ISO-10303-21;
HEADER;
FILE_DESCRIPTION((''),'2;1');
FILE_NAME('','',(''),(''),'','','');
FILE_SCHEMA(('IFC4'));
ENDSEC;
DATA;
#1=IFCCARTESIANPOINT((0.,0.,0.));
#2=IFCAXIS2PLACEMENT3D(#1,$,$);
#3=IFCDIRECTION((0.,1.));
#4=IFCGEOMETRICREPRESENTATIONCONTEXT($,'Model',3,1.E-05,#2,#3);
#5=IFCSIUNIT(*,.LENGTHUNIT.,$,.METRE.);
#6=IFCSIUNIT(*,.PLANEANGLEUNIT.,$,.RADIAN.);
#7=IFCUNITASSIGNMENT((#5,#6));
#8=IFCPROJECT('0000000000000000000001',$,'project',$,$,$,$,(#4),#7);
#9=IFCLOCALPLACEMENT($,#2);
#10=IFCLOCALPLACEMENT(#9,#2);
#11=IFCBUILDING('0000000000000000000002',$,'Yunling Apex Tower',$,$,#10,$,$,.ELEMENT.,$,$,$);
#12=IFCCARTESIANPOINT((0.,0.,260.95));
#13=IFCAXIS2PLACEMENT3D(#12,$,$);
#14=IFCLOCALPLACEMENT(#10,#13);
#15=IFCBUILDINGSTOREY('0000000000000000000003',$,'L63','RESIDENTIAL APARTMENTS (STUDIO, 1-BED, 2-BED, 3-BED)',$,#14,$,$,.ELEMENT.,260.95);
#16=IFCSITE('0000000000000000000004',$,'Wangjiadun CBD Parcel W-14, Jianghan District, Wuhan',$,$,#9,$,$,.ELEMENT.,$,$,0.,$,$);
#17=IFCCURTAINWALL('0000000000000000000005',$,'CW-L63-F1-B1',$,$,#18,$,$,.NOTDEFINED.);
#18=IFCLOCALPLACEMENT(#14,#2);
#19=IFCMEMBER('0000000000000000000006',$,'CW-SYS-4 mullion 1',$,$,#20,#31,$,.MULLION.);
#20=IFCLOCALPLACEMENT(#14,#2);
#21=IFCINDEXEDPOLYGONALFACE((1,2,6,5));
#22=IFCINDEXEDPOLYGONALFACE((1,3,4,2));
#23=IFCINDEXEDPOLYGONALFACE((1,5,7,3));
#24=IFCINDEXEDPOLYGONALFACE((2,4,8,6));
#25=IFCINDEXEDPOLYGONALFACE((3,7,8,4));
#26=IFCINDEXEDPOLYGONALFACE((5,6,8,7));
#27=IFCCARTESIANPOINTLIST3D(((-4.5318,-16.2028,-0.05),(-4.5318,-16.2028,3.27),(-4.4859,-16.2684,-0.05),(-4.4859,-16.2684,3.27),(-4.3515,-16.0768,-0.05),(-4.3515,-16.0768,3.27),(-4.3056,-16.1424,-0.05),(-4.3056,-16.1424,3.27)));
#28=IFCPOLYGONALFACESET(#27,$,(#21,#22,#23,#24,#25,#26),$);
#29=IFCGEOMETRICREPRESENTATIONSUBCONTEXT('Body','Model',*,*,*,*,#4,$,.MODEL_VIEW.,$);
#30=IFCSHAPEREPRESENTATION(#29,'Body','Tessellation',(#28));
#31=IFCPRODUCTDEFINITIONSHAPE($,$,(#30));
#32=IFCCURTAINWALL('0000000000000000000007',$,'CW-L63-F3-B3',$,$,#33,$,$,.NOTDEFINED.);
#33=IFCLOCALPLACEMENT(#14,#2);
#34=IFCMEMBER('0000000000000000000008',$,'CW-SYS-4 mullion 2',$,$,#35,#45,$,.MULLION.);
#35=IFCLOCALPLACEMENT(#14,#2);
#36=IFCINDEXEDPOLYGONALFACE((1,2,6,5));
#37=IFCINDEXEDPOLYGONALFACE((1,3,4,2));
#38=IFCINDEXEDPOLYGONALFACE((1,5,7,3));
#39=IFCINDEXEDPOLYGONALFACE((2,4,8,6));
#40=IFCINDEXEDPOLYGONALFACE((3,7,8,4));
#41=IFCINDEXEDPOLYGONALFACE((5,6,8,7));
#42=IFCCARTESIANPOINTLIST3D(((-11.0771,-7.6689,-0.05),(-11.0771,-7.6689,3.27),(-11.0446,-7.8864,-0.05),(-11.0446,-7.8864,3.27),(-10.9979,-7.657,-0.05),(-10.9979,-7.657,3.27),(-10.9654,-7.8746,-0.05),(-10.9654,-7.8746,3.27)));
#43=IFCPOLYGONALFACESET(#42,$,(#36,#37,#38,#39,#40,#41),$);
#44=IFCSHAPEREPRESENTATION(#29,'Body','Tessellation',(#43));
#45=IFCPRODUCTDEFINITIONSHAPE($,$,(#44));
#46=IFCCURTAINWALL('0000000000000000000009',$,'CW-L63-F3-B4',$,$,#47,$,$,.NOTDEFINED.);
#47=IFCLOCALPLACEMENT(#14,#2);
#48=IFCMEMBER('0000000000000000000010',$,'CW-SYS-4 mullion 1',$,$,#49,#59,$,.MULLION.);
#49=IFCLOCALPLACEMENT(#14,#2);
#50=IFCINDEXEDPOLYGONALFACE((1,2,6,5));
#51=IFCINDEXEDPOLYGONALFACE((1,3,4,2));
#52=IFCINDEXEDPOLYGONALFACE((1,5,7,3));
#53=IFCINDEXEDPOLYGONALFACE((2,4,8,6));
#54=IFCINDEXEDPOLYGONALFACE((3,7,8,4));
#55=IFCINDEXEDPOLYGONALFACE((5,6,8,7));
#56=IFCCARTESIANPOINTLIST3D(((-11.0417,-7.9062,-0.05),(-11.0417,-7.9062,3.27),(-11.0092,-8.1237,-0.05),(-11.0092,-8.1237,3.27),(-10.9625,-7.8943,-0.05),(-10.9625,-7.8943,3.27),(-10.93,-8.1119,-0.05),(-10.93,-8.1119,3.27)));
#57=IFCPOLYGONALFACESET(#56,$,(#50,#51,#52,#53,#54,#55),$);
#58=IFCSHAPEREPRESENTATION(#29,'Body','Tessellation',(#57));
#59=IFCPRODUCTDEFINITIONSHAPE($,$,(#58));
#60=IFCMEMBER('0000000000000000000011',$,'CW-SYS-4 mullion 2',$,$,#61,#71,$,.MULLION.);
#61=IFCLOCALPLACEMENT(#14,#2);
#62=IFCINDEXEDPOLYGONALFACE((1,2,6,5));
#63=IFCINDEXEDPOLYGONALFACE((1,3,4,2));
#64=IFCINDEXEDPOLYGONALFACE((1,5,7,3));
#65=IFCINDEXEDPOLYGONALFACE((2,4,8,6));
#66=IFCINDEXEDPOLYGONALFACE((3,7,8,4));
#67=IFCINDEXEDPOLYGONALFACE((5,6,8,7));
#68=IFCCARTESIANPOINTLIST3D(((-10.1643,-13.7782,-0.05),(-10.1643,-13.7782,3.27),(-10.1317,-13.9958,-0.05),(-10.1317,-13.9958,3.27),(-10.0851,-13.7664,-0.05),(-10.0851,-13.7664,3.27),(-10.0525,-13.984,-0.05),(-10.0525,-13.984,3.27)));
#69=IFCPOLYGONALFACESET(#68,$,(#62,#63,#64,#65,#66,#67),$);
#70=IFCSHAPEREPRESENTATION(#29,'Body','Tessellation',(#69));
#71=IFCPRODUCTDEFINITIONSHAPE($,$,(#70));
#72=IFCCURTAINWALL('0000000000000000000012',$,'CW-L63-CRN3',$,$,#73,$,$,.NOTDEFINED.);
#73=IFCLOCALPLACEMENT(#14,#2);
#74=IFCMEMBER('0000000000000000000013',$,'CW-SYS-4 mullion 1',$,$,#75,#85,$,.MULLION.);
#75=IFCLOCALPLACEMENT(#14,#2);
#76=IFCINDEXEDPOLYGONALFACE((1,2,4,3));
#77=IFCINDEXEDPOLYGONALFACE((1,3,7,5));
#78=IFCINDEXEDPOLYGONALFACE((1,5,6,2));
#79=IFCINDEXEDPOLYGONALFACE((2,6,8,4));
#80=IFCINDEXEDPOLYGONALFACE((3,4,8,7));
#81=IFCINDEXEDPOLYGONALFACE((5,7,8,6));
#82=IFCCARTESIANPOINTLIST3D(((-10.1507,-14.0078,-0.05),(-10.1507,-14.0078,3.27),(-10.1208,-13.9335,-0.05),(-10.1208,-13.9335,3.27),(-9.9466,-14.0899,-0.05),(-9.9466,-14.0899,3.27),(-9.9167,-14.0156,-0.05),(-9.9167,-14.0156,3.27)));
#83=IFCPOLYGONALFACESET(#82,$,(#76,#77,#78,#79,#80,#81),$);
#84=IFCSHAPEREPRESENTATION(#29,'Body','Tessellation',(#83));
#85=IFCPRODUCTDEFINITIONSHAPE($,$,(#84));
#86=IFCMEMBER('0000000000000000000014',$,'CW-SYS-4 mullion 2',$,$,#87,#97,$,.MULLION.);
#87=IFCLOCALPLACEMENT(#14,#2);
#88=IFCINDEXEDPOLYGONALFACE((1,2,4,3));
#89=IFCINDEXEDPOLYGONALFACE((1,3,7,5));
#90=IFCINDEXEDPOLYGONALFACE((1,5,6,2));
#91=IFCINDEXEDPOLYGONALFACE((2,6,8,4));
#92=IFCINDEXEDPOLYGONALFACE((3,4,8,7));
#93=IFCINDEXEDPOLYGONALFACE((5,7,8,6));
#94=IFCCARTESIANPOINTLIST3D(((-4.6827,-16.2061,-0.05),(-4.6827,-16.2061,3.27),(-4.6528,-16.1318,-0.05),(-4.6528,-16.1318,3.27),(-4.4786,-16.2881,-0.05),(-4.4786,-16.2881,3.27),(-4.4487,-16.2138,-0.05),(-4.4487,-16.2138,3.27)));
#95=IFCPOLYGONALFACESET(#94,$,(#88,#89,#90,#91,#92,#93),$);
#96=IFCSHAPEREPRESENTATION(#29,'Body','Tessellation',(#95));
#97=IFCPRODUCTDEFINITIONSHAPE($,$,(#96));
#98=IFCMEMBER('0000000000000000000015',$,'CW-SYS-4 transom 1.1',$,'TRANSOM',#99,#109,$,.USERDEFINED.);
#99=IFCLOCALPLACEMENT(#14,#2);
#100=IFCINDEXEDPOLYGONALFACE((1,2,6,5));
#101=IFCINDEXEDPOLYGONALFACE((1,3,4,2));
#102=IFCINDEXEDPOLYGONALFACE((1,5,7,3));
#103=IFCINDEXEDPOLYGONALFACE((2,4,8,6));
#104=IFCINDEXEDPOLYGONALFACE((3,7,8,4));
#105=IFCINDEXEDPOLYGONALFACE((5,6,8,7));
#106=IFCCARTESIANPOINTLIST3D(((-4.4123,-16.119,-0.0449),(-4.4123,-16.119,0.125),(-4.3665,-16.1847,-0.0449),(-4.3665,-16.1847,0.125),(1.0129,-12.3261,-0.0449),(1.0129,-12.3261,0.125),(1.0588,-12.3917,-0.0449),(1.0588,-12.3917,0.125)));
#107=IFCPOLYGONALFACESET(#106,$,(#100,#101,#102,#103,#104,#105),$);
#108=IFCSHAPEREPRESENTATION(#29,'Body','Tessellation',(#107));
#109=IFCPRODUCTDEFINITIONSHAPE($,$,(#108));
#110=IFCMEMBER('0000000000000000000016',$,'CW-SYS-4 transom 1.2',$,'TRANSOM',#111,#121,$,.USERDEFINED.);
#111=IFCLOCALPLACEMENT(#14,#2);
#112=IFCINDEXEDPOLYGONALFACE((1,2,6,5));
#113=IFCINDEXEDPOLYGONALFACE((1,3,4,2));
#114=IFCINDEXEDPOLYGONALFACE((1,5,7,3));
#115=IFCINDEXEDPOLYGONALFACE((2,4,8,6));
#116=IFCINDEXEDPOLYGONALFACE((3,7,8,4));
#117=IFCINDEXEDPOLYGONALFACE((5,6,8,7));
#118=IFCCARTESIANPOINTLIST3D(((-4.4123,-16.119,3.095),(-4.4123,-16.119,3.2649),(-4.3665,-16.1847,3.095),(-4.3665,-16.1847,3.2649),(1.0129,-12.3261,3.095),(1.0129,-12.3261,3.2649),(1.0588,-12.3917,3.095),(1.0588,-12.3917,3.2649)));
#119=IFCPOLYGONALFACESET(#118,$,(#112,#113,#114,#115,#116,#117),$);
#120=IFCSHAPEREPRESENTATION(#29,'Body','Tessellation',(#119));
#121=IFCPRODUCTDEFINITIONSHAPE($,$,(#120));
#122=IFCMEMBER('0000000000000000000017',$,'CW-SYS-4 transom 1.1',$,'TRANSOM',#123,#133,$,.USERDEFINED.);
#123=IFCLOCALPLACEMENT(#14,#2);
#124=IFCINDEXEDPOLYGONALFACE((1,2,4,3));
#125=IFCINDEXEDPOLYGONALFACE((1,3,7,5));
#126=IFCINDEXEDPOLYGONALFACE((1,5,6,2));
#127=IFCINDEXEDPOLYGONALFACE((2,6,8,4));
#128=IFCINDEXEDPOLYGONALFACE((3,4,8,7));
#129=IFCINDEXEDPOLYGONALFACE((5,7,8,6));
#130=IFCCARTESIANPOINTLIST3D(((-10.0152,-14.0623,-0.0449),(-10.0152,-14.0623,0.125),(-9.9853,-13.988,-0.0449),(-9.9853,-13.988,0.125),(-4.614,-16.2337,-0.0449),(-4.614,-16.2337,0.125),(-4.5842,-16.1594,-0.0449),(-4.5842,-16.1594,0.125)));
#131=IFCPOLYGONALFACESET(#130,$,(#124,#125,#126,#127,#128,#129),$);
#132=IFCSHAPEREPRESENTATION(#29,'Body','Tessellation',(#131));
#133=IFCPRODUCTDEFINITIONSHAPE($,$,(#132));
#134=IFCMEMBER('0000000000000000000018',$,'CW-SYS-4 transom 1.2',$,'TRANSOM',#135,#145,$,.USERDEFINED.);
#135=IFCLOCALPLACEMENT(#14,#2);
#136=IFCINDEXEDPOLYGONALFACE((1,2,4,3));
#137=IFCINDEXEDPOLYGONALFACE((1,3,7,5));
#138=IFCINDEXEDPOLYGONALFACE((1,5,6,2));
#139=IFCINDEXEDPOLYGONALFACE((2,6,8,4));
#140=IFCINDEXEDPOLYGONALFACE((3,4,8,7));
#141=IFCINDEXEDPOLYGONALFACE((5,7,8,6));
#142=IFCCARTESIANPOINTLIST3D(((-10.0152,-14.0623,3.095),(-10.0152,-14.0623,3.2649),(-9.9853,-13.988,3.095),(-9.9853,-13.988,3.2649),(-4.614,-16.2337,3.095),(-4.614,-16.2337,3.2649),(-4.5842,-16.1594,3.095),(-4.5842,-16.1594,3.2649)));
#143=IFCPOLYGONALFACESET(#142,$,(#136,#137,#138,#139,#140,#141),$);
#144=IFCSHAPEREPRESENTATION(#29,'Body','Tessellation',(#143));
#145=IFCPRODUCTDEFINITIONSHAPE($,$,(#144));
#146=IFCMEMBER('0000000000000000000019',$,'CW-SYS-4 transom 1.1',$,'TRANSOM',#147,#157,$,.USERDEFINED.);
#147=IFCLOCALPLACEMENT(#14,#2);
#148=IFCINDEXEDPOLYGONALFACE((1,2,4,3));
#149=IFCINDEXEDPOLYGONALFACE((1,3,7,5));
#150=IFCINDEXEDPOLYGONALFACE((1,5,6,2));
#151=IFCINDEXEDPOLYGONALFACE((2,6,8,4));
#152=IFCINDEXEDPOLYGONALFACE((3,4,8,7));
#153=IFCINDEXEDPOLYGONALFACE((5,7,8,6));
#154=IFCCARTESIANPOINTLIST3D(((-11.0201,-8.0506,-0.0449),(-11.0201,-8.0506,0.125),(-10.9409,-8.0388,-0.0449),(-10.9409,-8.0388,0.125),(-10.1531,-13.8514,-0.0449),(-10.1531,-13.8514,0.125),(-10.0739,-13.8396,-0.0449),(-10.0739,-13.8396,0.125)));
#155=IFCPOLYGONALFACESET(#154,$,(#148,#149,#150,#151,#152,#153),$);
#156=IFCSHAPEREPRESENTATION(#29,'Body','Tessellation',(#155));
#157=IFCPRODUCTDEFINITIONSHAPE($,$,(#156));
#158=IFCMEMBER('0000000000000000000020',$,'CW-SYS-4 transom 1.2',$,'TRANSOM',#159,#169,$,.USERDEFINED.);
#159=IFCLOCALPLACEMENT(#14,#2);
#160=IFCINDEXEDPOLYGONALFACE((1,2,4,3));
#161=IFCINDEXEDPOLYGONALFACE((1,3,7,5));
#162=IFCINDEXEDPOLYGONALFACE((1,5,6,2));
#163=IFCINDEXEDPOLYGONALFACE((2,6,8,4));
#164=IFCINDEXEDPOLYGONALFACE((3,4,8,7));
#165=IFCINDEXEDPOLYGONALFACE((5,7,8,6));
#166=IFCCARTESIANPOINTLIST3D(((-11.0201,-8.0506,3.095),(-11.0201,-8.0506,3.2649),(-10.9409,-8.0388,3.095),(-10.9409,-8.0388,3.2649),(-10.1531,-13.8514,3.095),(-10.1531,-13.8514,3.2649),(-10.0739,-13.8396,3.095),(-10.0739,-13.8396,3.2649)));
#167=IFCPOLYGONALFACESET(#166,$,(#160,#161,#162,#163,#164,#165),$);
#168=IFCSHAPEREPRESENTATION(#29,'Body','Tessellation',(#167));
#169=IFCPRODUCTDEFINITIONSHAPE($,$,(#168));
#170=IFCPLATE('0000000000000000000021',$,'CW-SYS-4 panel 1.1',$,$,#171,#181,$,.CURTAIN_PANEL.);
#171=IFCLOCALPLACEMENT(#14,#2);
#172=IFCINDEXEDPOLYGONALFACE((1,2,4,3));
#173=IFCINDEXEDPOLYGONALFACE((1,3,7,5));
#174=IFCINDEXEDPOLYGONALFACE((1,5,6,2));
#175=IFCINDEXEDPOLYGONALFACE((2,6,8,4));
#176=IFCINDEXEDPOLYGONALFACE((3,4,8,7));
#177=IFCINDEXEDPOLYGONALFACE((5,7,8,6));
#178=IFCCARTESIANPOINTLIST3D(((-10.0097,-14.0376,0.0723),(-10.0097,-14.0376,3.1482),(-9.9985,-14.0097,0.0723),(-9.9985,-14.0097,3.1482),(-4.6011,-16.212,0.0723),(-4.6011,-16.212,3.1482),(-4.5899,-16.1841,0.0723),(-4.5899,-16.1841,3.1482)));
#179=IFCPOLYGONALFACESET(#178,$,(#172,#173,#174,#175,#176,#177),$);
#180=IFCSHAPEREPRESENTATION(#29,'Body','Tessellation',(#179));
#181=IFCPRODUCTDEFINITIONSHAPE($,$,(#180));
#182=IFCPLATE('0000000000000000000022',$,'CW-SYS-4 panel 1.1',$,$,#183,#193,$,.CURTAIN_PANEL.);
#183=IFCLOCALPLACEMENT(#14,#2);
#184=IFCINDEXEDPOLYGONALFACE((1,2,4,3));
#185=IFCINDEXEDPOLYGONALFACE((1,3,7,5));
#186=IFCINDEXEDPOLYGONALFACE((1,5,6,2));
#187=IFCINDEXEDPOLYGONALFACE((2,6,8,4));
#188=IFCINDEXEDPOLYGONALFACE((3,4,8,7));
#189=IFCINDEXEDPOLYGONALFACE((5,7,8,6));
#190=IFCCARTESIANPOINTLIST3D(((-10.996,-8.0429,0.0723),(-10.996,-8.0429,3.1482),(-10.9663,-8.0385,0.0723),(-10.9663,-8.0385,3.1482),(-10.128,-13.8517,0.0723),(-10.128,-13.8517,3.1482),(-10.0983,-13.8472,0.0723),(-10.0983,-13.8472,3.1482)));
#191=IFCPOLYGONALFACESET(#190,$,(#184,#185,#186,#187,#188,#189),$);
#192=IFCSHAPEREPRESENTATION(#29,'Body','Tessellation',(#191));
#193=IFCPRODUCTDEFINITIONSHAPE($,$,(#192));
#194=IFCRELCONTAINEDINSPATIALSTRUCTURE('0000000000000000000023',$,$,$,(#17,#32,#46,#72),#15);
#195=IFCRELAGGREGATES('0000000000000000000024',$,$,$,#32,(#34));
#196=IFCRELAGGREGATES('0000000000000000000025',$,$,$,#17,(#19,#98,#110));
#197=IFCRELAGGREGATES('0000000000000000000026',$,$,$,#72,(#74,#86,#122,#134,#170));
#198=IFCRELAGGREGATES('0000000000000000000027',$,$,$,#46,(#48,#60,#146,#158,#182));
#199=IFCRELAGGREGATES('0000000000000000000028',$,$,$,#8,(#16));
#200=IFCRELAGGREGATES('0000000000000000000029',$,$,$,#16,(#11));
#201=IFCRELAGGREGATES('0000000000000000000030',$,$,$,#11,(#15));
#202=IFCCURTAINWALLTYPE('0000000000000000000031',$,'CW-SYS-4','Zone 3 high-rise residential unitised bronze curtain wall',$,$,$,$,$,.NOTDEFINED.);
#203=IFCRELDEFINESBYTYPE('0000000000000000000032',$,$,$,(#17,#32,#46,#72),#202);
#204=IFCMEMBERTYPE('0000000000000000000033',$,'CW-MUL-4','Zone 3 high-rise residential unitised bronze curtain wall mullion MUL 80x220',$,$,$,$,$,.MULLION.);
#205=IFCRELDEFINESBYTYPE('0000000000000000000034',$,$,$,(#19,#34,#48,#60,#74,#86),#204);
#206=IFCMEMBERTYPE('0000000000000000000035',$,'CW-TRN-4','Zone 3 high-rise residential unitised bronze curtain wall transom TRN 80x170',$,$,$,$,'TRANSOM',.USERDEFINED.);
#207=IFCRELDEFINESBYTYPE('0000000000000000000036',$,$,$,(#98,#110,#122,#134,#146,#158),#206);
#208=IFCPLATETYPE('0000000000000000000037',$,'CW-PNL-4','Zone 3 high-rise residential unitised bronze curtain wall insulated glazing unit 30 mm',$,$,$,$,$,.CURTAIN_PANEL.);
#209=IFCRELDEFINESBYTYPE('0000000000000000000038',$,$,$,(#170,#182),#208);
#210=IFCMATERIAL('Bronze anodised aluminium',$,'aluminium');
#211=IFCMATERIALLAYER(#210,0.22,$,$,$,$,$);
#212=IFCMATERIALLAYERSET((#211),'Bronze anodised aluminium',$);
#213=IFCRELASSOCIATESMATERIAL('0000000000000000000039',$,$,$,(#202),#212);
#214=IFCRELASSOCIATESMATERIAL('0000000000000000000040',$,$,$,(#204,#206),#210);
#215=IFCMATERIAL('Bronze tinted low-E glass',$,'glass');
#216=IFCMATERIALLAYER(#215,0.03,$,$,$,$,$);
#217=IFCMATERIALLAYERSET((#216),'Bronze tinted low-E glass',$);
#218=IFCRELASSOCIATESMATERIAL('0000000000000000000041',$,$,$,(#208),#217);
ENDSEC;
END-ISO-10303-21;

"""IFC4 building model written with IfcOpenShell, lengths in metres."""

from ifc_helpers import new_model, si_unit, direction, frame, origin, origin_2d, place, context, subcontext, project, spatial, rectangle, extrude, source, transform, mapped, material, layer, layer_set, material_profile, profile_set, type_object, element, aggregate, save


model = new_model("IFC4")

# Units and contexts
model_context = context("Model", 3, precision=1e-05, world=origin(), true_north=direction((0.0, 1.0)))
body_context = subcontext(model_context, "Body", "Model", "MODEL_VIEW")
ifc_project = project(units=[si_unit("LENGTHUNIT", "METRE"), si_unit("PLANEANGLEUNIT", "RADIAN")], contexts=[model_context])

# Site, building, storey
site_placement = place(None, origin())
site = spatial("IfcSite", under=ifc_project, at=site_placement, Name="Wangjiadun CBD Parcel W-14, Jianghan District, Wuhan", CompositionType="ELEMENT", RefElevation=0.0)
building_placement = place(site_placement, origin())
building = spatial("IfcBuilding", under=site, at=building_placement, Name="Yunling Apex Tower", CompositionType="ELEMENT")
storey_placement = place(building_placement, frame((0.0, 0.0, 260.95)))
storey = spatial("IfcBuildingStorey", under=building, at=storey_placement, Name="L63", Description="RESIDENTIAL APARTMENTS (STUDIO, 1-BED, 2-BED, 3-BED)", CompositionType="ELEMENT", Elevation=260.95)

# Curtain walls, members
ifc_material_1 = material(Name="Bronze anodised aluminium", Category="aluminium")
ifc_layer_1 = layer(ifc_material_1, 0.22)
ifc_layer_set_1 = layer_set([ifc_layer_1], Name="Bronze anodised aluminium")
curtain_wall_type = type_object("IfcCurtainWallType", Name="CW-SYS-4", Description="Zone 3 high-rise residential unitised bronze curtain wall", PredefinedType="NOTDEFINED", material=ifc_layer_set_1)
curtain_wall_1_placement = place(storey_placement, origin())
curtain_wall_1 = element("IfcCurtainWall", 1, at=curtain_wall_1_placement, inside=storey, type_object=curtain_wall_type, Name="CW-L63-F1-B1", PredefinedType="NOTDEFINED")
ifc_material_profile_1 = material_profile(ifc_material_1, rectangle(XDim=0.0801, YDim=0.22, at=origin_2d()))
ifc_profile_set_1 = profile_set([ifc_material_profile_1], Name="Bronze anodised aluminium")
member_type_1 = type_object("IfcMemberType", Name="CW-MUL-4", Description="Zone 3 high-rise residential unitised bronze curtain wall mullion MUL 80x220", PredefinedType="MULLION", material=ifc_profile_set_1)
shared_shape_1 = source(origin(), body_context, "Body", "SweptSolid", [
    extrude(rectangle(XDim=0.0801, YDim=0.22, at=origin_2d()), origin(), (0.0, 0.0, 1.0), 3.3201),
])
member_1_placement = place(storey_placement, frame((-4.4187, -16.1726, -0.05), z_axis=(0.0, 0.0, 1.0), x_axis=(-0.573, 0.819555, 0.0)))
member_1 = element("IfcMember", 2, at=member_1_placement, type_object=member_type_1, Name="CW-SYS-4 mullion 1", PredefinedType="MULLION", context=body_context, shape_type="MappedRepresentation", body=[
    mapped(shared_shape_1, transform((0.0, 0.0, 0.0), scale=1.0)),
])
curtain_wall_2_placement = place(storey_placement, origin())
curtain_wall_2 = element("IfcCurtainWall", 3, at=curtain_wall_2_placement, inside=storey, type_object=curtain_wall_type, Name="CW-L63-F3-B3", PredefinedType="NOTDEFINED")
member_2_placement = place(storey_placement, frame((-11.0212, -7.7717, -0.05), z_axis=(0.0, 0.0, 1.0), x_axis=(0.989016, 0.147807, 0.0)))
member_2 = element("IfcMember", 4, at=member_2_placement, type_object=member_type_1, Name="CW-SYS-4 mullion 2", PredefinedType="MULLION", context=body_context, shape_type="MappedRepresentation", body=[
    mapped(shared_shape_1, transform((0.0, 0.0, 0.0), scale=1.0)),
])
aggregate(curtain_wall_2, [member_2])

# Curtain walls, members
curtain_wall_3_placement = place(storey_placement, origin())
curtain_wall_3 = element("IfcCurtainWall", 5, at=curtain_wall_3_placement, inside=storey, type_object=curtain_wall_type, Name="CW-L63-F3-B4", PredefinedType="NOTDEFINED")
member_3_placement = place(storey_placement, frame((-10.9858, -8.009, -0.05), z_axis=(0.0, 0.0, 1.0), x_axis=(0.989019, 0.147791, 0.0)))
member_3 = element("IfcMember", 6, at=member_3_placement, type_object=member_type_1, Name="CW-SYS-4 mullion 1", PredefinedType="MULLION", context=body_context, shape_type="MappedRepresentation", body=[
    mapped(shared_shape_1, transform((0.0, 0.0, 0.0), scale=1.0)),
])
member_4_placement = place(storey_placement, frame((-10.1084, -13.8811, -0.05), z_axis=(0.0, 0.0, 1.0), x_axis=(0.989019, 0.147791, 0.0)))
member_4 = element("IfcMember", 7, at=member_4_placement, type_object=member_type_1, Name="CW-SYS-4 mullion 2", PredefinedType="MULLION", context=body_context, shape_type="MappedRepresentation", body=[
    mapped(shared_shape_1, transform((0.0, 0.0, 0.0), scale=1.0)),
])
curtain_wall_4_placement = place(storey_placement, origin())
curtain_wall_4 = element("IfcCurtainWall", 8, at=curtain_wall_4_placement, inside=storey, type_object=curtain_wall_type, Name="CW-L63-CRN3", PredefinedType="NOTDEFINED")
member_5_placement = place(storey_placement, frame((-10.0337, -14.0117, -0.05), z_axis=(0.0, 0.0, 1.0), x_axis=(0.373009, 0.927828, 0.0)))
member_5 = element("IfcMember", 9, at=member_5_placement, type_object=member_type_1, Name="CW-SYS-4 mullion 1", PredefinedType="MULLION", context=body_context, shape_type="MappedRepresentation", body=[
    mapped(shared_shape_1, transform((0.0, 0.0, 0.0), scale=1.0)),
])
member_6_placement = place(storey_placement, frame((-4.5657, -16.21, -0.05), z_axis=(0.0, 0.0, 1.0), x_axis=(0.373009, 0.927828, 0.0)))
member_6 = element("IfcMember", 10, at=member_6_placement, type_object=member_type_1, Name="CW-SYS-4 mullion 2", PredefinedType="MULLION", context=body_context, shape_type="MappedRepresentation", body=[
    mapped(shared_shape_1, transform((0.0, 0.0, 0.0), scale=1.0)),
])

# Members
ifc_material_profile_2 = material_profile(ifc_material_1, rectangle(XDim=0.0801, YDim=0.1699, at=origin_2d()))
ifc_profile_set_2 = profile_set([ifc_material_profile_2], Name="Bronze anodised aluminium")
member_type_2 = type_object("IfcMemberType", Name="CW-TRN-4", Description="Zone 3 high-rise residential unitised bronze curtain wall transom TRN 80x170", ElementType="TRANSOM", PredefinedType="USERDEFINED", material=ifc_profile_set_2)
shared_shape_2 = source(origin(), body_context, "Body", "SweptSolid", [
    extrude(rectangle(XDim=0.0801, YDim=0.1699, at=origin_2d()), origin(), (0.0, 0.0, 1.0), 6.6196),
])
member_7_placement = place(storey_placement, frame((-4.3894, -16.1519, 0.04), z_axis=(0.819568, 0.572982, 0.0), x_axis=(-0.572982, 0.819568, 0.0)))
member_7 = element("IfcMember", 11, at=member_7_placement, type_object=member_type_2, Name="CW-SYS-4 transom 1.1", ObjectType="TRANSOM", PredefinedType="USERDEFINED", context=body_context, shape_type="MappedRepresentation", body=[
    mapped(shared_shape_2, transform((0.0, 0.0, 0.0), scale=1.0)),
])
member_8_placement = place(storey_placement, frame((-4.3894, -16.1519, 3.1799), z_axis=(0.819568, 0.572982, 0.0), x_axis=(-0.572982, 0.819568, 0.0)))
member_8 = element("IfcMember", 12, at=member_8_placement, type_object=member_type_2, Name="CW-SYS-4 transom 1.2", ObjectType="TRANSOM", PredefinedType="USERDEFINED", context=body_context, shape_type="MappedRepresentation", body=[
    mapped(shared_shape_2, transform((0.0, 0.0, 0.0), scale=1.0)),
])
aggregate(curtain_wall_1, [member_1, member_7, member_8])
shared_shape_3 = source(origin(), body_context, "Body", "SweptSolid", [
    extrude(rectangle(XDim=0.0801, YDim=0.1699, at=origin_2d()), origin(), (0.0, 0.0, 1.0), 5.8213),
])
member_9_placement = place(storey_placement, frame((-10.0002, -14.0251, 0.04), z_axis=(0.927827, -0.37301, 0.0), x_axis=(0.37301, 0.927827, 0.0)))
member_9 = element("IfcMember", 13, at=member_9_placement, type_object=member_type_2, Name="CW-SYS-4 transom 1.1", ObjectType="TRANSOM", PredefinedType="USERDEFINED", context=body_context, shape_type="MappedRepresentation", body=[
    mapped(shared_shape_3, transform((0.0, 0.0, 0.0), scale=1.0)),
])
member_10_placement = place(storey_placement, frame((-10.0002, -14.0251, 3.1799), z_axis=(0.927827, -0.37301, 0.0), x_axis=(0.37301, 0.927827, 0.0)))
member_10 = element("IfcMember", 14, at=member_10_placement, type_object=member_type_2, Name="CW-SYS-4 transom 1.2", ObjectType="TRANSOM", PredefinedType="USERDEFINED", context=body_context, shape_type="MappedRepresentation", body=[
    mapped(shared_shape_3, transform((0.0, 0.0, 0.0), scale=1.0)),
])
shared_shape_4 = source(origin(), body_context, "Body", "SweptSolid", [
    extrude(rectangle(XDim=0.0801, YDim=0.1699, at=origin_2d()), origin(), (0.0, 0.0, 1.0), 5.8652),
])
member_11_placement = place(storey_placement, frame((-10.9805, -8.0447, 0.04), z_axis=(0.147811, -0.989016, 0.0), x_axis=(0.989016, 0.147811, 0.0)))
member_11 = element("IfcMember", 15, at=member_11_placement, type_object=member_type_2, Name="CW-SYS-4 transom 1.1", ObjectType="TRANSOM", PredefinedType="USERDEFINED", context=body_context, shape_type="MappedRepresentation", body=[
    mapped(shared_shape_4, transform((0.0, 0.0, 0.0), scale=1.0)),
])
member_12_placement = place(storey_placement, frame((-10.9805, -8.0447, 3.1799), z_axis=(0.147811, -0.989016, 0.0), x_axis=(0.989016, 0.147811, 0.0)))
member_12 = element("IfcMember", 16, at=member_12_placement, type_object=member_type_2, Name="CW-SYS-4 transom 1.2", ObjectType="TRANSOM", PredefinedType="USERDEFINED", context=body_context, shape_type="MappedRepresentation", body=[
    mapped(shared_shape_4, transform((0.0, 0.0, 0.0), scale=1.0)),
])

# Plates
ifc_material_2 = material(Name="Bronze tinted low-E glass", Category="glass")
ifc_layer_2 = layer(ifc_material_2, 0.03)
ifc_layer_set_2 = layer_set([ifc_layer_2], Name="Bronze tinted low-E glass")
plate_type = type_object("IfcPlateType", Name="CW-PNL-4", Description="Zone 3 high-rise residential unitised bronze curtain wall insulated glazing unit 30 mm", PredefinedType="CURTAIN_PANEL", material=ifc_layer_set_2)
shared_shape_5 = source(origin(), body_context, "Body", "SweptSolid", [
    extrude(rectangle(XDim=5.8293, YDim=0.03, at=origin_2d()), origin(), (0.0, 0.0, 1.0), 3.0759),
])
plate_1_placement = place(storey_placement, frame((-7.2998, -15.1108, 0.0723), z_axis=(0.0, 0.0, 1.0), x_axis=(0.927828, -0.373009, 0.0)))
plate_1 = element("IfcPlate", 17, at=plate_1_placement, type_object=plate_type, Name="CW-SYS-4 panel 1.1", PredefinedType="CURTAIN_PANEL", context=body_context, shape_type="MappedRepresentation", body=[
    mapped(shared_shape_5, transform((0.0, 0.0, 0.0), scale=1.0)),
])
aggregate(curtain_wall_4, [member_5, member_6, member_9, member_10, plate_1])
shared_shape_6 = source(origin(), body_context, "Body", "SweptSolid", [
    extrude(rectangle(XDim=5.8733, YDim=0.03, at=origin_2d()), origin(), (0.0, 0.0, 1.0), 3.0759),
])
plate_2_placement = place(storey_placement, frame((-10.5471, -10.9451, 0.0723), z_axis=(0.0, 0.0, 1.0), x_axis=(0.147791, -0.989019, 0.0)))
plate_2 = element("IfcPlate", 18, at=plate_2_placement, type_object=plate_type, Name="CW-SYS-4 panel 1.1", PredefinedType="CURTAIN_PANEL", context=body_context, shape_type="MappedRepresentation", body=[
    mapped(shared_shape_6, transform((0.0, 0.0, 0.0), scale=1.0)),
])
aggregate(curtain_wall_3, [member_3, member_4, member_11, member_12, plate_2])

save(model, "model.ifc")
